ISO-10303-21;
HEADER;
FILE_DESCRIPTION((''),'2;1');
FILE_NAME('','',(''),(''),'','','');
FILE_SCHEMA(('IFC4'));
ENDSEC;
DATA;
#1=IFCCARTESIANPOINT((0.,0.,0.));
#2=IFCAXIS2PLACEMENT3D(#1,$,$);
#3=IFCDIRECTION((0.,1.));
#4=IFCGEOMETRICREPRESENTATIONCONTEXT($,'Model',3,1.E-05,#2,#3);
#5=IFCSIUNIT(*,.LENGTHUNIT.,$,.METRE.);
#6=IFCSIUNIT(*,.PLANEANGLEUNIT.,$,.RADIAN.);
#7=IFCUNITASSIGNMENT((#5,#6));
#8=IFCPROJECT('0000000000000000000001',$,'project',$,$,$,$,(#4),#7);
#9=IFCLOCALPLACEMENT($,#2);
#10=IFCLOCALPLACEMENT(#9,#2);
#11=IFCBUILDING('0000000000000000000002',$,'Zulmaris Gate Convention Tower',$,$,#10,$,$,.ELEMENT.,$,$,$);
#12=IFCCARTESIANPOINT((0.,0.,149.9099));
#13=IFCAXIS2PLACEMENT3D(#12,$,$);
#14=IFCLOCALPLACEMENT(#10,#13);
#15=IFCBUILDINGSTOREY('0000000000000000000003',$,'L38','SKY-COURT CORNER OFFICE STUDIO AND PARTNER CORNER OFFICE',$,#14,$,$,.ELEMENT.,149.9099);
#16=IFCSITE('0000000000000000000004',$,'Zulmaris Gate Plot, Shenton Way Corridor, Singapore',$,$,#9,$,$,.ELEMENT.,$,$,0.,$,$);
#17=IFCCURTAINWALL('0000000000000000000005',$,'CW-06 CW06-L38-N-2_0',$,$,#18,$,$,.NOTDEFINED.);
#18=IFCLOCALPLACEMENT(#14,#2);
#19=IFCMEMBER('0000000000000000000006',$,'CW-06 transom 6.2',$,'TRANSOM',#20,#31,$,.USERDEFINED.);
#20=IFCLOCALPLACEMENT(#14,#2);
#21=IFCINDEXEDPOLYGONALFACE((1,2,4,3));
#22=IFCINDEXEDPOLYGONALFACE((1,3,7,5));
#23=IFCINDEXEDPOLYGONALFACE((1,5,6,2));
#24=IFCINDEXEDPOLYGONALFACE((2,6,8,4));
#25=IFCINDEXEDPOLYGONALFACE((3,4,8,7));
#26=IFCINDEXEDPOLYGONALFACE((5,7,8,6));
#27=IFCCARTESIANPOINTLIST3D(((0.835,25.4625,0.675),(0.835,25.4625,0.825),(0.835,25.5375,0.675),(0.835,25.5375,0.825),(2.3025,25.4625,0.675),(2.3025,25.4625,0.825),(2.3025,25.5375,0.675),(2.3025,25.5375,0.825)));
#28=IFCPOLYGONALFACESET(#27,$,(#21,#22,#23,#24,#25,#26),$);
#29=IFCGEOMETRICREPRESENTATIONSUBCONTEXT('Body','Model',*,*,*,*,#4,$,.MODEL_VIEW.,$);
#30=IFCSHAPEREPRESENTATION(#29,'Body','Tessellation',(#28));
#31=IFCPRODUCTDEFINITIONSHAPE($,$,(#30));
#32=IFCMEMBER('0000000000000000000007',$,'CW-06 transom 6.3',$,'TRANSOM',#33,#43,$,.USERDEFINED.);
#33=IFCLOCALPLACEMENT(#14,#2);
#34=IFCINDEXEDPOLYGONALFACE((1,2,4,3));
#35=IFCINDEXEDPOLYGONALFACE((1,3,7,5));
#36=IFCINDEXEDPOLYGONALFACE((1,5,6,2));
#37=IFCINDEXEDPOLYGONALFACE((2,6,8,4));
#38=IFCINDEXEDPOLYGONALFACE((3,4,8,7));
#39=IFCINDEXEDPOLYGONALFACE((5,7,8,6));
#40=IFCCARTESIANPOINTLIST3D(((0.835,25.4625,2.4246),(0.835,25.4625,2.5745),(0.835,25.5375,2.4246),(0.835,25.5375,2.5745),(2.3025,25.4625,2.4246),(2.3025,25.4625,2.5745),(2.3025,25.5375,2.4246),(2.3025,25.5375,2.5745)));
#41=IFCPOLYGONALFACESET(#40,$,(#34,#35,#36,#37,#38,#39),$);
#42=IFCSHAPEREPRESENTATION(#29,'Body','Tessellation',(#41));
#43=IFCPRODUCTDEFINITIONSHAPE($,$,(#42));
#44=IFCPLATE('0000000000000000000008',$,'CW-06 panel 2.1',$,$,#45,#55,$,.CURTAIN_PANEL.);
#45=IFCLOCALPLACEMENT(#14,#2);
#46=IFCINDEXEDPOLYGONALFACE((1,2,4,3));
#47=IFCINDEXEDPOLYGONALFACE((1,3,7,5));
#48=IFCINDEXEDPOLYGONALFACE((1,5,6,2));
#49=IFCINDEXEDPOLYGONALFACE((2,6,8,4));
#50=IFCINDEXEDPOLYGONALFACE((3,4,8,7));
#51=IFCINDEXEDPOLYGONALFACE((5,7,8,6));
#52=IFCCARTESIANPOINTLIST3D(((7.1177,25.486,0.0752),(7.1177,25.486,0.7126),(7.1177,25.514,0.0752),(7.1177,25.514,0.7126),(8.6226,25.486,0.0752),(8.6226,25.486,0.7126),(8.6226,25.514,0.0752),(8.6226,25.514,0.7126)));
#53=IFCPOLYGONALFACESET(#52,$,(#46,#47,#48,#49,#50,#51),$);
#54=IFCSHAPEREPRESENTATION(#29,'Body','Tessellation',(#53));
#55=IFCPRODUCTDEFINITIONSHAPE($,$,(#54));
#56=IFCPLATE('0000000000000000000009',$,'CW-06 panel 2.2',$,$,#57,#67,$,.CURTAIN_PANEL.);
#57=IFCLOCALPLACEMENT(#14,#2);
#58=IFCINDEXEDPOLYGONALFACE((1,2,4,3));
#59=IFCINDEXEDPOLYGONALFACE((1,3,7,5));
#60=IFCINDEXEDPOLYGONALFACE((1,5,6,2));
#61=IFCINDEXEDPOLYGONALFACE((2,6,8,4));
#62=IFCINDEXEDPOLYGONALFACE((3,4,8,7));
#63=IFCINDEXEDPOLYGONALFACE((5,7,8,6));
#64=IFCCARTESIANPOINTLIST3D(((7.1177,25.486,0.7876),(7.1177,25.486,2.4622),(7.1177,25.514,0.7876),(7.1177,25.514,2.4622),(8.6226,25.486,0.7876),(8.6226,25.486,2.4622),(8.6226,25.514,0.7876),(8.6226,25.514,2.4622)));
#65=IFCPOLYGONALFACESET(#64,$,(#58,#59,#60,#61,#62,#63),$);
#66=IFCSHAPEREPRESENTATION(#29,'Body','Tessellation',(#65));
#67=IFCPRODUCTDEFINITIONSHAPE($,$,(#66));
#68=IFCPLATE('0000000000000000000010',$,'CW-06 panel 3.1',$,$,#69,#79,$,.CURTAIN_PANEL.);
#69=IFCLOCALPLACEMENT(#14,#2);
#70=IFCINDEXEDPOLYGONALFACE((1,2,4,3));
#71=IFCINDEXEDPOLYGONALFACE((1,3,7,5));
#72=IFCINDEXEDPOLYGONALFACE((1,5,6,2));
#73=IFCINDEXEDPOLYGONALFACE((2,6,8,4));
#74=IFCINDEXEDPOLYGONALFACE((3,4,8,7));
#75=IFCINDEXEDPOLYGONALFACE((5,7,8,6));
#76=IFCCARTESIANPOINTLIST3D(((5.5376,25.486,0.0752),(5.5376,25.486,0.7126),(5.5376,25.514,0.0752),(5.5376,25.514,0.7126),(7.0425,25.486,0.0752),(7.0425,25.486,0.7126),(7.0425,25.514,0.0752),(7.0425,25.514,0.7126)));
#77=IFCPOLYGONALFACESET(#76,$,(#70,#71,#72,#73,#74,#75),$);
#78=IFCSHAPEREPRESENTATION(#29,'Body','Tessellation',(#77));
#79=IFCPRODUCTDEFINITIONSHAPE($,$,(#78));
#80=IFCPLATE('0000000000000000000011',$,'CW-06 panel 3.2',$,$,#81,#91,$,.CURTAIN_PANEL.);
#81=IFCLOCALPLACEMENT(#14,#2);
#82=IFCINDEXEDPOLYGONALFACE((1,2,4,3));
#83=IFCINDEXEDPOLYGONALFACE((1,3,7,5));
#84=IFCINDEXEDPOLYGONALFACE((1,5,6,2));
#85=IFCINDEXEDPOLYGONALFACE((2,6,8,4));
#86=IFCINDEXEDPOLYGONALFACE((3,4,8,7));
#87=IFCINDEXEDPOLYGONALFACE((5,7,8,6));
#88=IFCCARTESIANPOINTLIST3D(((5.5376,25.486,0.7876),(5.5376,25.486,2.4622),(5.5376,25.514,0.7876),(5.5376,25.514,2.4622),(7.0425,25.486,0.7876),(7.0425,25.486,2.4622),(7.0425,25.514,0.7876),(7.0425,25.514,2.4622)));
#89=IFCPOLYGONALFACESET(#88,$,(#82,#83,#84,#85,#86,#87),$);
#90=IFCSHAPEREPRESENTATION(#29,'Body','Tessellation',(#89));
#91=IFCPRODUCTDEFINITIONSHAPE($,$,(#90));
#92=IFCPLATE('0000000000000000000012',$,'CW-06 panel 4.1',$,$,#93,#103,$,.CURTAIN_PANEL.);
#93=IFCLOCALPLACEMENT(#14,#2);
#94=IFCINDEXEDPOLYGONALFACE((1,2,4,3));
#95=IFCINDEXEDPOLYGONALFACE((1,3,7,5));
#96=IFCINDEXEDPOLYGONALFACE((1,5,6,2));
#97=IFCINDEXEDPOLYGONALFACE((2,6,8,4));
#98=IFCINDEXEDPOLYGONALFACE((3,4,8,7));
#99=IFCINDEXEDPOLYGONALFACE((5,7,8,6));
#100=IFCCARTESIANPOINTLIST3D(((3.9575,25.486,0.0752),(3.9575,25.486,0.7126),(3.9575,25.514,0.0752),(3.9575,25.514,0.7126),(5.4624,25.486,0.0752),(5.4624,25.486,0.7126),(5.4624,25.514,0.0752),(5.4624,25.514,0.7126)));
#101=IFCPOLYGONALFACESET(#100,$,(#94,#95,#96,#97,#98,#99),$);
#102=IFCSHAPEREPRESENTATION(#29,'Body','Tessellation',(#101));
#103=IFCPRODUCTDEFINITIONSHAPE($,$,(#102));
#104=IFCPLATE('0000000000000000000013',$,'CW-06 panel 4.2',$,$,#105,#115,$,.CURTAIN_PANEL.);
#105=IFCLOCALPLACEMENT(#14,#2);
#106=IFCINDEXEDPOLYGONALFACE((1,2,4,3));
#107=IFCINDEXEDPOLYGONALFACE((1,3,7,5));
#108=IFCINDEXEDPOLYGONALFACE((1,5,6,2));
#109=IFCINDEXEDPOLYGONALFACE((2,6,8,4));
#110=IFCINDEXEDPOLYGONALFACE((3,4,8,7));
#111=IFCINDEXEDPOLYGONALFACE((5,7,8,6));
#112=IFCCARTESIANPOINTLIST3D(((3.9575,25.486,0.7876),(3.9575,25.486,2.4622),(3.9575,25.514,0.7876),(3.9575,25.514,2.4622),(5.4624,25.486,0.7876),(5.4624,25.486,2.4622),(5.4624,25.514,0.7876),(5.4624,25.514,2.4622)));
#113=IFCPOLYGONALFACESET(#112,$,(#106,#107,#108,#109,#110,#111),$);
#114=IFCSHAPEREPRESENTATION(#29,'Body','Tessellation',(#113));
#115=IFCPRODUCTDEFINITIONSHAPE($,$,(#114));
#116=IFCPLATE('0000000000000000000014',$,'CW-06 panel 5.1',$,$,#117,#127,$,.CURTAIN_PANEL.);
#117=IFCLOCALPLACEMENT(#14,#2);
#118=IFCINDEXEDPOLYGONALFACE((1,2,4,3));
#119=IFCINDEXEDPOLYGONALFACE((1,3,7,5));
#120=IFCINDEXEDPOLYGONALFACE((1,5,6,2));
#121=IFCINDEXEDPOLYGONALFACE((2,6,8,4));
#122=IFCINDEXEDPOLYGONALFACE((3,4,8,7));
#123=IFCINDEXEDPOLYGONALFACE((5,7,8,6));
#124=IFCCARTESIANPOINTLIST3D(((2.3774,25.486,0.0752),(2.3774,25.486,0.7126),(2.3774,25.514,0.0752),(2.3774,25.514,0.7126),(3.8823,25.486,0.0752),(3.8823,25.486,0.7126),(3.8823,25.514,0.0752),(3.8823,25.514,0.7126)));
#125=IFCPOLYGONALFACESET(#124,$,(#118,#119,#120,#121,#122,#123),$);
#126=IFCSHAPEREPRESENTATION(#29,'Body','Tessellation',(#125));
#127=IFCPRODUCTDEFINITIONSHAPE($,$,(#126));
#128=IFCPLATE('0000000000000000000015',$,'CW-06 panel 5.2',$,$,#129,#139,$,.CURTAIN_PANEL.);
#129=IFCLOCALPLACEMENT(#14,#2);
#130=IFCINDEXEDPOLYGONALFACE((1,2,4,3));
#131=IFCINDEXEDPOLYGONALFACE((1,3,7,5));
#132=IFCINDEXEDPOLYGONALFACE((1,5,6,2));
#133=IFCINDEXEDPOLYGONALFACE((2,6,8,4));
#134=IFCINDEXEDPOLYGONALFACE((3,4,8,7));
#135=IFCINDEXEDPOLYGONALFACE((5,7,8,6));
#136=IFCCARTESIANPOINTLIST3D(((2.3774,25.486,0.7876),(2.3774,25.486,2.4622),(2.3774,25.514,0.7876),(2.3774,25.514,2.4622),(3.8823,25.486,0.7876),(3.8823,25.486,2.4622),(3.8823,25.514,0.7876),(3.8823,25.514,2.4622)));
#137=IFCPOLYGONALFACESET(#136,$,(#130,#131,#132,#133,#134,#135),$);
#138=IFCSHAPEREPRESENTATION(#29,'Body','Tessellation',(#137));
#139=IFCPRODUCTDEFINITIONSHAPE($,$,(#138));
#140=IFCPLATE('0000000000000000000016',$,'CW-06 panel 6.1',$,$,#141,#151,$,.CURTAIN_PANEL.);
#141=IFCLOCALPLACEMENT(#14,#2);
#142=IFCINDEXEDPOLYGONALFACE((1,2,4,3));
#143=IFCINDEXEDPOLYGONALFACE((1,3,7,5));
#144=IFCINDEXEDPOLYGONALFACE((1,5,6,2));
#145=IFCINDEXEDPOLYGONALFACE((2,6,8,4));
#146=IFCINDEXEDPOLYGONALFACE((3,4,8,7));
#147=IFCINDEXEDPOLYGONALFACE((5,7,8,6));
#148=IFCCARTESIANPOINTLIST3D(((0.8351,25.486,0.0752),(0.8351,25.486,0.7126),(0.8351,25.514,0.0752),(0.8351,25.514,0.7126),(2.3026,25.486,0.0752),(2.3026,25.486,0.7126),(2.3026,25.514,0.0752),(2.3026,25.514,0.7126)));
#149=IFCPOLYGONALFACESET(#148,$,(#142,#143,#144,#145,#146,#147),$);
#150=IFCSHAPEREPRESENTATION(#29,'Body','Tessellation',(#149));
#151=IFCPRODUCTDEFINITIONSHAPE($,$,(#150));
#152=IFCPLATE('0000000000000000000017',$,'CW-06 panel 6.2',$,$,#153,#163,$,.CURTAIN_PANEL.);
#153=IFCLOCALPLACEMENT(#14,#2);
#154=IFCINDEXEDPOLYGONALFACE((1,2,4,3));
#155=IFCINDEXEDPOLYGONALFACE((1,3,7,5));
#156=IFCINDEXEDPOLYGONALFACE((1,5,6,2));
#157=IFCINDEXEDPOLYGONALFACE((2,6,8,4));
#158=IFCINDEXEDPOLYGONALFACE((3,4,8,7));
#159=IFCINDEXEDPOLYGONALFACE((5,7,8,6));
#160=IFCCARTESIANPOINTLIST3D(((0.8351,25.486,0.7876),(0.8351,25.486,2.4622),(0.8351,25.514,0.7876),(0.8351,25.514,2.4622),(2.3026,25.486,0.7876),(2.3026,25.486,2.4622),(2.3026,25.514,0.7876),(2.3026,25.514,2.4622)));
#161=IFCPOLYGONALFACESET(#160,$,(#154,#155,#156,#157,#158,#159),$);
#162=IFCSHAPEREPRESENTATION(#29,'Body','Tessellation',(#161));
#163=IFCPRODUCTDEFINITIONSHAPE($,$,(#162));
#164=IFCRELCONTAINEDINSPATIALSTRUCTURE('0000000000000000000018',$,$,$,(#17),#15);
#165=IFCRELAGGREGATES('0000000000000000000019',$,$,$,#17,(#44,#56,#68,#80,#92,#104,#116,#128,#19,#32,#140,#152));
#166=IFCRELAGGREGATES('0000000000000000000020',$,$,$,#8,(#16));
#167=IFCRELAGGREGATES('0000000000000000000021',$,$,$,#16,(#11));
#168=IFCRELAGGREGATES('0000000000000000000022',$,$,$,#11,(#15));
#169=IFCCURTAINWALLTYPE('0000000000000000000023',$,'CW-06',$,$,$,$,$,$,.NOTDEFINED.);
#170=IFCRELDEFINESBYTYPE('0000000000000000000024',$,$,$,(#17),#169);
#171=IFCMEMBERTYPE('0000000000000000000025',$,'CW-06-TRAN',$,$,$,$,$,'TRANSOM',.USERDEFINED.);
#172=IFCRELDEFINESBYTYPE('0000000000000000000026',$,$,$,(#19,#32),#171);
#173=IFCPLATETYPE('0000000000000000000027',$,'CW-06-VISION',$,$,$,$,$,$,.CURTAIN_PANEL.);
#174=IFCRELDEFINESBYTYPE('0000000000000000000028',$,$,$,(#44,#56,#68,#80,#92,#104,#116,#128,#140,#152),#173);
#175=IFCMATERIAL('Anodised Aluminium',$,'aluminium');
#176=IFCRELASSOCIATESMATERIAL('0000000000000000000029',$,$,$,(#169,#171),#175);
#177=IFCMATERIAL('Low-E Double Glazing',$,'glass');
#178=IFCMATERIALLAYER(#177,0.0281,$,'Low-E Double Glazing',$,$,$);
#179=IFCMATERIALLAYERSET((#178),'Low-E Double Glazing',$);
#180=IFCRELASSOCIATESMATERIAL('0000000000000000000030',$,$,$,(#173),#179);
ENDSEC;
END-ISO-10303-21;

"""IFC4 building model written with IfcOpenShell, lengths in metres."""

from ifc_helpers import new_model, si_unit, direction, frame, origin, origin_2d, place, context, subcontext, project, spatial, rectangle, extrude, material, layer, layer_set, material_profile, profile_set, type_object, element, aggregate, save


model = new_model("IFC4")

# Units and contexts
model_context = context("Model", 3, precision=1e-05, world=origin(), true_north=direction((0.0, 1.0)))
body_context = subcontext(model_context, "Body", "Model", "MODEL_VIEW")
ifc_project = project(units=[si_unit("LENGTHUNIT", "METRE"), si_unit("PLANEANGLEUNIT", "RADIAN")], contexts=[model_context])

# Site, building, storey
site_placement = place(None, origin())
site = spatial("IfcSite", under=ifc_project, at=site_placement, Name="Zulmaris Gate Plot, Shenton Way Corridor, Singapore", CompositionType="ELEMENT", RefElevation=0.0)
building_placement = place(site_placement, origin())
building = spatial("IfcBuilding", under=site, at=building_placement, Name="Zulmaris Gate Convention Tower", CompositionType="ELEMENT")
storey_placement = place(building_placement, frame((0.0, 0.0, 149.9099)))
storey = spatial("IfcBuildingStorey", under=building, at=storey_placement, Name="L38", Description="SKY-COURT CORNER OFFICE STUDIO AND PARTNER CORNER OFFICE", CompositionType="ELEMENT", Elevation=149.9099)

# Curtain wall, members, plates
ifc_material_1 = material(Name="Anodised Aluminium", Category="aluminium")
curtain_wall_type = type_object("IfcCurtainWallType", Name="CW-06", PredefinedType="NOTDEFINED", material=ifc_material_1)
curtain_wall_placement = place(storey_placement, origin())
curtain_wall = element("IfcCurtainWall", 1, at=curtain_wall_placement, inside=storey, type_object=curtain_wall_type, Name="CW-06 CW06-L38-N-2_0", PredefinedType="NOTDEFINED")
ifc_material_profile_1 = material_profile(ifc_material_1, rectangle(XDim=0.075, YDim=0.1499, at=origin_2d()), Name="ALU TRANSOM 75x150")
ifc_profile_set_1 = profile_set([ifc_material_profile_1], Name="Anodised Aluminium")
member_type_1 = type_object("IfcMemberType", Name="CW-06-TRAN", ElementType="TRANSOM", PredefinedType="USERDEFINED", material=ifc_profile_set_1)
member_1_placement = place(storey_placement, frame((2.3025, 25.5, 0.75), z_axis=(-1.0, 0.0, 0.0), x_axis=(0.0, -1.0, 0.0)))
member_1 = element("IfcMember", 2, at=member_1_placement, type_object=member_type_1, Name="CW-06 transom 6.2", ObjectType="TRANSOM", PredefinedType="USERDEFINED", context=body_context, shape_type="SweptSolid", body=[
    extrude(rectangle(XDim=0.075, YDim=0.1499, at=origin_2d()), origin(), (0.0, 0.0, 1.0), 1.4675),
])
member_2_placement = place(storey_placement, frame((2.3025, 25.5, 2.4995), z_axis=(-1.0, 0.0, 0.0), x_axis=(0.0, -1.0, 0.0)))
member_2 = element("IfcMember", 3, at=member_2_placement, type_object=member_type_1, Name="CW-06 transom 6.3", ObjectType="TRANSOM", PredefinedType="USERDEFINED", context=body_context, shape_type="SweptSolid", body=[
    extrude(rectangle(XDim=0.075, YDim=0.1499, at=origin_2d()), origin(), (0.0, 0.0, 1.0), 1.4675),
])
ifc_material_2 = material(Name="Low-E Double Glazing", Category="glass")
ifc_layer = layer(ifc_material_2, 0.0281, Name="Low-E Double Glazing")
ifc_layer_set = layer_set([ifc_layer], Name="Low-E Double Glazing")
plate_type = type_object("IfcPlateType", Name="CW-06-VISION", PredefinedType="CURTAIN_PANEL", material=ifc_layer_set)
plate_1_placement = place(storey_placement, frame((7.8701, 25.5, 0.0752), z_axis=(0.0, 0.0, 1.0), x_axis=(-1.0, 0.0, 0.0)))
plate_1 = element("IfcPlate", 4, at=plate_1_placement, type_object=plate_type, Name="CW-06 panel 2.1", PredefinedType="CURTAIN_PANEL", context=body_context, shape_type="SweptSolid", body=[
    extrude(rectangle(XDim=1.5049, YDim=0.0281, at=origin_2d()), origin(), (0.0, 0.0, 1.0), 0.6375),
])
plate_2_placement = place(storey_placement, frame((7.8701, 25.5, 0.7876), z_axis=(0.0, 0.0, 1.0), x_axis=(-1.0, 0.0, 0.0)))
plate_2 = element("IfcPlate", 5, at=plate_2_placement, type_object=plate_type, Name="CW-06 panel 2.2", PredefinedType="CURTAIN_PANEL", context=body_context, shape_type="SweptSolid", body=[
    extrude(rectangle(XDim=1.5049, YDim=0.0281, at=origin_2d()), origin(), (0.0, 0.0, 1.0), 1.6746),
])
plate_3_placement = place(storey_placement, frame((6.29, 25.5, 0.0752), z_axis=(0.0, 0.0, 1.0), x_axis=(-1.0, 0.0, 0.0)))
plate_3 = element("IfcPlate", 6, at=plate_3_placement, type_object=plate_type, Name="CW-06 panel 3.1", PredefinedType="CURTAIN_PANEL", context=body_context, shape_type="SweptSolid", body=[
    extrude(rectangle(XDim=1.5049, YDim=0.0281, at=origin_2d()), origin(), (0.0, 0.0, 1.0), 0.6375),
])
plate_4_placement = place(storey_placement, frame((6.29, 25.5, 0.7876), z_axis=(0.0, 0.0, 1.0), x_axis=(-1.0, 0.0, 0.0)))
plate_4 = element("IfcPlate", 7, at=plate_4_placement, type_object=plate_type, Name="CW-06 panel 3.2", PredefinedType="CURTAIN_PANEL", context=body_context, shape_type="SweptSolid", body=[
    extrude(rectangle(XDim=1.5049, YDim=0.0281, at=origin_2d()), origin(), (0.0, 0.0, 1.0), 1.6746),
])
plate_5_placement = place(storey_placement, frame((4.71, 25.5, 0.0752), z_axis=(0.0, 0.0, 1.0), x_axis=(-1.0, 0.0, 0.0)))
plate_5 = element("IfcPlate", 8, at=plate_5_placement, type_object=plate_type, Name="CW-06 panel 4.1", PredefinedType="CURTAIN_PANEL", context=body_context, shape_type="SweptSolid", body=[
    extrude(rectangle(XDim=1.5049, YDim=0.0281, at=origin_2d()), origin(), (0.0, 0.0, 1.0), 0.6375),
])
plate_6_placement = place(storey_placement, frame((4.71, 25.5, 0.7876), z_axis=(0.0, 0.0, 1.0), x_axis=(-1.0, 0.0, 0.0)))
plate_6 = element("IfcPlate", 9, at=plate_6_placement, type_object=plate_type, Name="CW-06 panel 4.2", PredefinedType="CURTAIN_PANEL", context=body_context, shape_type="SweptSolid", body=[
    extrude(rectangle(XDim=1.5049, YDim=0.0281, at=origin_2d()), origin(), (0.0, 0.0, 1.0), 1.6746),
])
plate_7_placement = place(storey_placement, frame((3.1299, 25.5, 0.0752), z_axis=(0.0, 0.0, 1.0), x_axis=(-1.0, 0.0, 0.0)))
plate_7 = element("IfcPlate", 10, at=plate_7_placement, type_object=plate_type, Name="CW-06 panel 5.1", PredefinedType="CURTAIN_PANEL", context=body_context, shape_type="SweptSolid", body=[
    extrude(rectangle(XDim=1.5049, YDim=0.0281, at=origin_2d()), origin(), (0.0, 0.0, 1.0), 0.6375),
])
plate_8_placement = place(storey_placement, frame((3.1299, 25.5, 0.7876), z_axis=(0.0, 0.0, 1.0), x_axis=(-1.0, 0.0, 0.0)))
plate_8 = element("IfcPlate", 11, at=plate_8_placement, type_object=plate_type, Name="CW-06 panel 5.2", PredefinedType="CURTAIN_PANEL", context=body_context, shape_type="SweptSolid", body=[
    extrude(rectangle(XDim=1.5049, YDim=0.0281, at=origin_2d()), origin(), (0.0, 0.0, 1.0), 1.6746),
])
plate_9_placement = place(storey_placement, frame((1.5688, 25.5, 0.0752), z_axis=(0.0, 0.0, 1.0), x_axis=(-1.0, 0.0, 0.0)))
plate_9 = element("IfcPlate", 12, at=plate_9_placement, type_object=plate_type, Name="CW-06 panel 6.1", PredefinedType="CURTAIN_PANEL", context=body_context, shape_type="SweptSolid", body=[
    extrude(rectangle(XDim=1.4675, YDim=0.0281, at=origin_2d()), origin(), (0.0, 0.0, 1.0), 0.6375),
])
plate_10_placement = place(storey_placement, frame((1.5688, 25.5, 0.7876), z_axis=(0.0, 0.0, 1.0), x_axis=(-1.0, 0.0, 0.0)))
plate_10 = element("IfcPlate", 13, at=plate_10_placement, type_object=plate_type, Name="CW-06 panel 6.2", PredefinedType="CURTAIN_PANEL", context=body_context, shape_type="SweptSolid", body=[
    extrude(rectangle(XDim=1.4675, YDim=0.0281, at=origin_2d()), origin(), (0.0, 0.0, 1.0), 1.6746),
])
aggregate(curtain_wall, [plate_1, plate_2, plate_3, plate_4, plate_5, plate_6, plate_7, plate_8, member_1, member_2, plate_9, plate_10])

save(model, "model.ifc")
